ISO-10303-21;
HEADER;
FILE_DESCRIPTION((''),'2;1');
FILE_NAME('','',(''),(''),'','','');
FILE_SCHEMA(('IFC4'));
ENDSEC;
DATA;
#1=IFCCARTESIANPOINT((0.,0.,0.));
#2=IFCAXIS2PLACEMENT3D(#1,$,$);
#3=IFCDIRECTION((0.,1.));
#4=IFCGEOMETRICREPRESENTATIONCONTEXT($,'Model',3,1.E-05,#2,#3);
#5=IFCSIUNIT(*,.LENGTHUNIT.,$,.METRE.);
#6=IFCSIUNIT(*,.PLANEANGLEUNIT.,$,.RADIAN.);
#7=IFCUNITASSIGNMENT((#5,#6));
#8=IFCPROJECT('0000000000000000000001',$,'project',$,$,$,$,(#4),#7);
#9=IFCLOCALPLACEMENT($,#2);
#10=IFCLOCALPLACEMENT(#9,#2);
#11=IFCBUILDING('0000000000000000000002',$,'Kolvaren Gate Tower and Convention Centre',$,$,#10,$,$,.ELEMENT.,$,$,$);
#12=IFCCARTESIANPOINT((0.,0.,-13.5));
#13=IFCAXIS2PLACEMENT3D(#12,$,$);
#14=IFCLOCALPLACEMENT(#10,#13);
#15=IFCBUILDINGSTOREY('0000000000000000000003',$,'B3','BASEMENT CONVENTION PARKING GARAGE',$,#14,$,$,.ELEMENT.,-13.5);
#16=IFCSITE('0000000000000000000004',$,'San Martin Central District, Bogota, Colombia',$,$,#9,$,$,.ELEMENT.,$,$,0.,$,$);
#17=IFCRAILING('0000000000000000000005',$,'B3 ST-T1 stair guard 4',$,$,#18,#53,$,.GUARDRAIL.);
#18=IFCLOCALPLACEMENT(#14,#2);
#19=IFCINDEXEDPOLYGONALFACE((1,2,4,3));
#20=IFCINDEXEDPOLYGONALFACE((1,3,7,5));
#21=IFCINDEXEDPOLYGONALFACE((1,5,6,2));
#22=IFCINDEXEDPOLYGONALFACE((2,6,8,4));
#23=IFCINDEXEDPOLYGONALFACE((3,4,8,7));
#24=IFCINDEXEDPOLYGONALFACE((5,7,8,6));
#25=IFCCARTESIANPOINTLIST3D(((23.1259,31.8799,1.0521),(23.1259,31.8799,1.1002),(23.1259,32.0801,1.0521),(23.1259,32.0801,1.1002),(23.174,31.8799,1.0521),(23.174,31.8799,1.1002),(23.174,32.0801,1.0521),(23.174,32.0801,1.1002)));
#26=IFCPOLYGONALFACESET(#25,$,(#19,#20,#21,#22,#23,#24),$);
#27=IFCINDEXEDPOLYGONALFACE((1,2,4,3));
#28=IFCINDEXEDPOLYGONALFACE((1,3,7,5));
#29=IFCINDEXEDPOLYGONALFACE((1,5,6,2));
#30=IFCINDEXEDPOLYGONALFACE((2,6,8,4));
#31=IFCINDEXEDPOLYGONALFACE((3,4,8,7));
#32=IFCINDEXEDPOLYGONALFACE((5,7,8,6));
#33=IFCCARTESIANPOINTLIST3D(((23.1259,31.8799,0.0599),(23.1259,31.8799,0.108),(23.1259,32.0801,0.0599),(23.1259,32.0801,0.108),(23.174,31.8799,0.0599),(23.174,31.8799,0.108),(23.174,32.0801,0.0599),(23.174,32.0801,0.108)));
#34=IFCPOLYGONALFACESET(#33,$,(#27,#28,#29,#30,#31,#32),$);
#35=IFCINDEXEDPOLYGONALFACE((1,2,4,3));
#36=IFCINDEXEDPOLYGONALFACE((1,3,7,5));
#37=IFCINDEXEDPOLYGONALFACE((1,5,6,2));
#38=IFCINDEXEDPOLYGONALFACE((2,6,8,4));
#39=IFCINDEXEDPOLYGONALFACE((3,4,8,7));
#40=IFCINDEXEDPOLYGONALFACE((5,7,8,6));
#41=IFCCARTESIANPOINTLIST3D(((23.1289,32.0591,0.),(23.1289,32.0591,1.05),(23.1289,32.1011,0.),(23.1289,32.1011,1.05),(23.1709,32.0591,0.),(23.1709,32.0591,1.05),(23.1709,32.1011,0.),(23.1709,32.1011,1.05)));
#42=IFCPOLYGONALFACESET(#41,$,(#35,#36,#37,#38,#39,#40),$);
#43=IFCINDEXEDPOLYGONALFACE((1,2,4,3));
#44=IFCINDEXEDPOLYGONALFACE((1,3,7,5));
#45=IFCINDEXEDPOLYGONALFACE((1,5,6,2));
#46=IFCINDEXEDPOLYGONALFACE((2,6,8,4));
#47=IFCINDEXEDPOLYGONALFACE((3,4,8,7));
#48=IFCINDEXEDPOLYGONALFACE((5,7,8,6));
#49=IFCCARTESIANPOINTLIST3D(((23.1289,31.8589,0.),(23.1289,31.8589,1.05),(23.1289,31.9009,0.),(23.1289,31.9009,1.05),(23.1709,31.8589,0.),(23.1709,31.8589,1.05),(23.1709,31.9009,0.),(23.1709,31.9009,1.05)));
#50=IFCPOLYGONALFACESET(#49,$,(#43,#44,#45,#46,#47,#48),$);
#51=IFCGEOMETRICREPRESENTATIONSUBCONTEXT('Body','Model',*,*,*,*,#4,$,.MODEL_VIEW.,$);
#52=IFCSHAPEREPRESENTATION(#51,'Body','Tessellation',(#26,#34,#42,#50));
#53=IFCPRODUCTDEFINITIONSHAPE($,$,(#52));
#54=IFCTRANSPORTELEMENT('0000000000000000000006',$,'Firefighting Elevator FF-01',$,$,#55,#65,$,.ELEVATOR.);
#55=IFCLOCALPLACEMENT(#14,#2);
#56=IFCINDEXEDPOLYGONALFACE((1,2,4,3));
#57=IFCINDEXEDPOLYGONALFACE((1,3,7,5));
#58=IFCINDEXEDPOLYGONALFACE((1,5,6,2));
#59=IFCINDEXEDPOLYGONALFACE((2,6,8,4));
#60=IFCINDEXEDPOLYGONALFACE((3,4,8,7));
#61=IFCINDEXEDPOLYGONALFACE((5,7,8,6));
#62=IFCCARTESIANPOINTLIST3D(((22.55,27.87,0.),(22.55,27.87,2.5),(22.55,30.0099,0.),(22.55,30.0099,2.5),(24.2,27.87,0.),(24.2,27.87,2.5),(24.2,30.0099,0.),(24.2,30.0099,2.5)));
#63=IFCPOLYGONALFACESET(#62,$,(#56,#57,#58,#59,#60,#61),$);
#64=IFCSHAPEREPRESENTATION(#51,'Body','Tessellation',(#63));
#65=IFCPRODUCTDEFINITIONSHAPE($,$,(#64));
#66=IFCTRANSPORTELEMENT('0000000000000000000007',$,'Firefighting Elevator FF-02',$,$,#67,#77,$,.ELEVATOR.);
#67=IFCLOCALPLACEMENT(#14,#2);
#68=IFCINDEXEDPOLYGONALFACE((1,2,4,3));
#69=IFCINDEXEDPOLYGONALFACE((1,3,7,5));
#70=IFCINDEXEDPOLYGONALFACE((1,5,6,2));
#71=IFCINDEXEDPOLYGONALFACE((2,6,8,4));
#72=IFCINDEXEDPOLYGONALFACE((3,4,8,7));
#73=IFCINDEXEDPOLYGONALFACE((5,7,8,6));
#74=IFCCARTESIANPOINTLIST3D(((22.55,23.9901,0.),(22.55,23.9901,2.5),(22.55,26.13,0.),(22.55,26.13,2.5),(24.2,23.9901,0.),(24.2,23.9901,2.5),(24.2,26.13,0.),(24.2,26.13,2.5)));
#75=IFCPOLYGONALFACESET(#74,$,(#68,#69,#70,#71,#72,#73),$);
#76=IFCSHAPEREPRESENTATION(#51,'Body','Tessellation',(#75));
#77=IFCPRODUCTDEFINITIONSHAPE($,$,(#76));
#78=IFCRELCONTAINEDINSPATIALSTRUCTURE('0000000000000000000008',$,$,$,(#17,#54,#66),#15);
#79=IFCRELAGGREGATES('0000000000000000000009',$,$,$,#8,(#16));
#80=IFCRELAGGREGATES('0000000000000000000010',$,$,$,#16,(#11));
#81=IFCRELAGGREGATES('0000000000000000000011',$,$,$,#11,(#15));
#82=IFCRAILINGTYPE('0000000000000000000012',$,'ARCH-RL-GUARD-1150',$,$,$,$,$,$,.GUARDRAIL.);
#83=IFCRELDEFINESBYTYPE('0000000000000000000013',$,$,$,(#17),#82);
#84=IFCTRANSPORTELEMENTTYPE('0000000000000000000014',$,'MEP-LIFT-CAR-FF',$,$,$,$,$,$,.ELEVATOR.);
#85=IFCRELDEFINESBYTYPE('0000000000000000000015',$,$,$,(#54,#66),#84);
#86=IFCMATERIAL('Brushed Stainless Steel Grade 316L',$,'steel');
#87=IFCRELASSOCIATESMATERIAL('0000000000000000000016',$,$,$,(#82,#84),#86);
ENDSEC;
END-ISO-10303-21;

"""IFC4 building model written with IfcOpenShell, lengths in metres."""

from ifc_helpers import new_model, si_unit, direction, frame, origin, origin_2d, place, context, subcontext, project, spatial, rectangle, extrude, material, type_object, element, save


model = new_model("IFC4")

# Units and contexts
model_context = context("Model", 3, precision=1e-05, world=origin(), true_north=direction((0.0, 1.0)))
body_context = subcontext(model_context, "Body", "Model", "MODEL_VIEW")
ifc_project = project(units=[si_unit("LENGTHUNIT", "METRE"), si_unit("PLANEANGLEUNIT", "RADIAN")], contexts=[model_context])

# Site, building, storey
site_placement = place(None, origin())
site = spatial("IfcSite", under=ifc_project, at=site_placement, Name="San Martin Central District, Bogota, Colombia", CompositionType="ELEMENT", RefElevation=0.0)
building_placement = place(site_placement, origin())
building = spatial("IfcBuilding", under=site, at=building_placement, Name="Kolvaren Gate Tower and Convention Centre", CompositionType="ELEMENT")
storey_placement = place(building_placement, frame((0.0, 0.0, -13.5)))
storey = spatial("IfcBuildingStorey", under=building, at=storey_placement, Name="B3", Description="BASEMENT CONVENTION PARKING GARAGE", CompositionType="ELEMENT", Elevation=-13.5)

# Shared definitions
ifc_material_1 = material(Name="Brushed Stainless Steel Grade 316L", Category="steel")

# Railing
railing_type = type_object("IfcRailingType", Name="ARCH-RL-GUARD-1150", PredefinedType="GUARDRAIL", material=ifc_material_1)
railing_1_placement = place(storey_placement, frame((23.1499, 32.0801, 0.0)))
element("IfcRailing", 1, at=railing_1_placement, inside=storey, type_object=railing_type, Name="B3 ST-T1 stair guard 4", PredefinedType="GUARDRAIL", context=body_context, shape_type="SweptSolid", body=[
    extrude(rectangle(XDim=0.0481, YDim=0.0481, at=origin_2d()), frame((0.0, 0.0, 1.0762), z_axis=(0.0, -1.0, 0.0), x_axis=(1.0, 0.0, 0.0)), (0.0, 0.0, 1.0), 0.2002),
    extrude(rectangle(XDim=0.0481, YDim=0.0481, at=origin_2d()), frame((0.0, 0.0, 0.084), z_axis=(0.0, -1.0, 0.0), x_axis=(1.0, 0.0, 0.0)), (0.0, 0.0, 1.0), 0.2002),
    extrude(rectangle(XDim=0.042, YDim=0.042, at=origin_2d()), origin(), (0.0, 0.0, 1.0), 1.05),
    extrude(rectangle(XDim=0.042, YDim=0.042, at=origin_2d()), frame((0.0, -0.2002, 0.0)), (0.0, 0.0, 1.0), 1.05),
])

# Transport elements
transport_element_type = type_object("IfcTransportElementType", Name="MEP-LIFT-CAR-FF", PredefinedType="ELEVATOR", material=ifc_material_1)
for number, where, z_axis, x_axis, name in (
    (2, (23.375, 28.9399, 0.0), (0.0, 0.0, 1.0), (1.0, 0.0, 0.0), "Firefighting Elevator FF-01"),
    (3, (23.375, 25.0601, 0.0), (0.0, 0.0, 1.0), (1.0, 0.0, 0.0), "Firefighting Elevator FF-02"),
):
    element("IfcTransportElement", number, at=place(storey_placement, frame(where, z_axis=z_axis, x_axis=x_axis)), inside=storey, type_object=transport_element_type, Name=name, PredefinedType="ELEVATOR", context=body_context, shape_type="SweptSolid", body=[
        extrude(rectangle(XDim=1.6499, YDim=2.1399, at=origin_2d()), origin(), (0.0, 0.0, 1.0), 2.5),
    ])

save(model, "model.ifc")
